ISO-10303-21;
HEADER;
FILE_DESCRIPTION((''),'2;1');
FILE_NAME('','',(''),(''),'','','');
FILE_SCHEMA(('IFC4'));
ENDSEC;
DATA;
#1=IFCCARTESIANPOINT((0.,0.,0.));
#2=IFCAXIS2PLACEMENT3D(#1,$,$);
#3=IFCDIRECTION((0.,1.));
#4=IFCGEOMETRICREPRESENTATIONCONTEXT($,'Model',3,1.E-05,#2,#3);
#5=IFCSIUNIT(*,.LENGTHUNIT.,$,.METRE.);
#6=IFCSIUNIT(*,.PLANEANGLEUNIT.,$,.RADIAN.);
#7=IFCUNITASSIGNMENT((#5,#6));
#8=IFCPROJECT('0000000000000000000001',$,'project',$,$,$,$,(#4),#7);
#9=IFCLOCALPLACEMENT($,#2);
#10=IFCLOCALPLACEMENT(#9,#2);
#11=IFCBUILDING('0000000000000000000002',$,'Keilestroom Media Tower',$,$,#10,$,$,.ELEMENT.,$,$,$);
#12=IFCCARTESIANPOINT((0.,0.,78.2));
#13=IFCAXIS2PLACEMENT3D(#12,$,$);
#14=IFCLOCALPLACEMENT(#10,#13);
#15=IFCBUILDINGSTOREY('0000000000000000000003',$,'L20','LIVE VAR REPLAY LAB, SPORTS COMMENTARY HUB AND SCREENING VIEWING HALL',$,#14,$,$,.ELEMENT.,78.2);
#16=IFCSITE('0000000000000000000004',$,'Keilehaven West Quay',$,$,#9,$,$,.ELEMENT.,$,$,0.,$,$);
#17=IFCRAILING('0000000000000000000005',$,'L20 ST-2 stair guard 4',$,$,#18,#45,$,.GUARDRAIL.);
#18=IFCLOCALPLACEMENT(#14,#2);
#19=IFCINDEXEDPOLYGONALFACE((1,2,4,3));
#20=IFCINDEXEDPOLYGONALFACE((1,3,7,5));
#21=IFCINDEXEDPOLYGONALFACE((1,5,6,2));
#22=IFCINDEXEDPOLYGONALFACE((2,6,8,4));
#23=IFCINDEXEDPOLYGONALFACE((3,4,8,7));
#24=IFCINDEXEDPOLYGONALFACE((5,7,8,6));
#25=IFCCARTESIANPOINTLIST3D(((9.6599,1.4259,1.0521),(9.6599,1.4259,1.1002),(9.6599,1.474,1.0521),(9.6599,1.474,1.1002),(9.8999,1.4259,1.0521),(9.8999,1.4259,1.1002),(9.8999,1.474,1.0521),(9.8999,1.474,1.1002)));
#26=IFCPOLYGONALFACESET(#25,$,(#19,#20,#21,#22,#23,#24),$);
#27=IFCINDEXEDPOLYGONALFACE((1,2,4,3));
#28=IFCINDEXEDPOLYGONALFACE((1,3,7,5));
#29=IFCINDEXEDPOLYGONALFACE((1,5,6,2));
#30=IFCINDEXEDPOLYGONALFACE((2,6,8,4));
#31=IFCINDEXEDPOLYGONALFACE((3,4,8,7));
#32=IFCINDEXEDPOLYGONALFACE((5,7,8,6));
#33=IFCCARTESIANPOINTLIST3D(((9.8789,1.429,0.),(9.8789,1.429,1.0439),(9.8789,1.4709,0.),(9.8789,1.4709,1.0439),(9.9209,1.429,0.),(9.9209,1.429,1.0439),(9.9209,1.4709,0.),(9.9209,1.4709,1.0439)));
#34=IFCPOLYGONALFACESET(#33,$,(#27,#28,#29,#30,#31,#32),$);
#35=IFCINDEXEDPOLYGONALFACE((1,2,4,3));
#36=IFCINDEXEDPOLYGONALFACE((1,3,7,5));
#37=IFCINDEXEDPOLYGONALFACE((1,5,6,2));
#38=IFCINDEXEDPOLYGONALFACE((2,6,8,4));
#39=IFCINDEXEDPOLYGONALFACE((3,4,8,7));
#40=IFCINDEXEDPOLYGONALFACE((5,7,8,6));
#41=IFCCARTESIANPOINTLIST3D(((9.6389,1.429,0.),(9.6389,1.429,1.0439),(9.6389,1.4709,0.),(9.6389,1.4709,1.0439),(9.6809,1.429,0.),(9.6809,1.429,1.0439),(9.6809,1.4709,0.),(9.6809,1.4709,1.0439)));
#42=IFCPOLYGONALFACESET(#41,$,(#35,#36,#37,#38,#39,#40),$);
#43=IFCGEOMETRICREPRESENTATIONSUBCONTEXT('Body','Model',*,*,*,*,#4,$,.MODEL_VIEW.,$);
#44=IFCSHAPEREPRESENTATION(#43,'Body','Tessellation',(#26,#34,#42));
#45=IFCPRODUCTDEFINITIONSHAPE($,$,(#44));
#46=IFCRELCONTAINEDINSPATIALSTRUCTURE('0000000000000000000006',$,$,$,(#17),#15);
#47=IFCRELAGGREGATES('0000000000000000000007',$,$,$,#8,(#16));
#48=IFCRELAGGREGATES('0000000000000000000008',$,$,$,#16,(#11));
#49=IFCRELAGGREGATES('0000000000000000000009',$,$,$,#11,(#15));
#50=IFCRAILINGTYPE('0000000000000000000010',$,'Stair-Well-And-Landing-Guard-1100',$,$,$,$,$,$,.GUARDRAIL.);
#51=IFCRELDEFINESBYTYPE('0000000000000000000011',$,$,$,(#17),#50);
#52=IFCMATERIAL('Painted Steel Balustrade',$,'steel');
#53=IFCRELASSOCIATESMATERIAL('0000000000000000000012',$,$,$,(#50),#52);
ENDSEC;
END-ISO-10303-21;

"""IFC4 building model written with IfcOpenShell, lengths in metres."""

from ifc_helpers import new_model, si_unit, direction, frame, origin, origin_2d, place, context, subcontext, project, spatial, rectangle, extrude, material, type_object, element, save


model = new_model("IFC4")

# Units and contexts
model_context = context("Model", 3, precision=1e-05, world=origin(), true_north=direction((0.0, 1.0)))
body_context = subcontext(model_context, "Body", "Model", "MODEL_VIEW")
ifc_project = project(units=[si_unit("LENGTHUNIT", "METRE"), si_unit("PLANEANGLEUNIT", "RADIAN")], contexts=[model_context])

# Site, building, storey
site_placement = place(None, origin())
site = spatial("IfcSite", under=ifc_project, at=site_placement, Name="Keilehaven West Quay", CompositionType="ELEMENT", RefElevation=0.0)
building_placement = place(site_placement, origin())
building = spatial("IfcBuilding", under=site, at=building_placement, Name="Keilestroom Media Tower", CompositionType="ELEMENT")
storey_placement = place(building_placement, frame((0.0, 0.0, 78.2)))
storey = spatial("IfcBuildingStorey", under=building, at=storey_placement, Name="L20", Description="LIVE VAR REPLAY LAB, SPORTS COMMENTARY HUB AND SCREENING VIEWING HALL", CompositionType="ELEMENT", Elevation=78.2)

# Railing
ifc_material_1 = material(Name="Painted Steel Balustrade", Category="steel")
railing_type_1 = type_object("IfcRailingType", Name="Stair-Well-And-Landing-Guard-1100", PredefinedType="GUARDRAIL", material=ifc_material_1)
railing_1_placement = place(storey_placement, frame((9.8999, 1.45, 0.0)))
element("IfcRailing", 1, at=railing_1_placement, inside=storey, type_object=railing_type_1, Name="L20 ST-2 stair guard 4", PredefinedType="GUARDRAIL", context=body_context, shape_type="SweptSolid", body=[
    extrude(rectangle(XDim=0.0481, YDim=0.0481, at=origin_2d()), frame((0.0, 0.0, 1.0762), z_axis=(-1.0, 0.0, 0.0), x_axis=(0.0, -1.0, 0.0)), (0.0, 0.0, 1.0), 0.24),
    extrude(rectangle(XDim=0.042, YDim=0.042, at=origin_2d()), origin(), (0.0, 0.0, 1.0), 1.0439),
    extrude(rectangle(XDim=0.042, YDim=0.042, at=origin_2d()), frame((-0.24, 0.0, 0.0)), (0.0, 0.0, 1.0), 1.0439),
])

save(model, "model.ifc")
